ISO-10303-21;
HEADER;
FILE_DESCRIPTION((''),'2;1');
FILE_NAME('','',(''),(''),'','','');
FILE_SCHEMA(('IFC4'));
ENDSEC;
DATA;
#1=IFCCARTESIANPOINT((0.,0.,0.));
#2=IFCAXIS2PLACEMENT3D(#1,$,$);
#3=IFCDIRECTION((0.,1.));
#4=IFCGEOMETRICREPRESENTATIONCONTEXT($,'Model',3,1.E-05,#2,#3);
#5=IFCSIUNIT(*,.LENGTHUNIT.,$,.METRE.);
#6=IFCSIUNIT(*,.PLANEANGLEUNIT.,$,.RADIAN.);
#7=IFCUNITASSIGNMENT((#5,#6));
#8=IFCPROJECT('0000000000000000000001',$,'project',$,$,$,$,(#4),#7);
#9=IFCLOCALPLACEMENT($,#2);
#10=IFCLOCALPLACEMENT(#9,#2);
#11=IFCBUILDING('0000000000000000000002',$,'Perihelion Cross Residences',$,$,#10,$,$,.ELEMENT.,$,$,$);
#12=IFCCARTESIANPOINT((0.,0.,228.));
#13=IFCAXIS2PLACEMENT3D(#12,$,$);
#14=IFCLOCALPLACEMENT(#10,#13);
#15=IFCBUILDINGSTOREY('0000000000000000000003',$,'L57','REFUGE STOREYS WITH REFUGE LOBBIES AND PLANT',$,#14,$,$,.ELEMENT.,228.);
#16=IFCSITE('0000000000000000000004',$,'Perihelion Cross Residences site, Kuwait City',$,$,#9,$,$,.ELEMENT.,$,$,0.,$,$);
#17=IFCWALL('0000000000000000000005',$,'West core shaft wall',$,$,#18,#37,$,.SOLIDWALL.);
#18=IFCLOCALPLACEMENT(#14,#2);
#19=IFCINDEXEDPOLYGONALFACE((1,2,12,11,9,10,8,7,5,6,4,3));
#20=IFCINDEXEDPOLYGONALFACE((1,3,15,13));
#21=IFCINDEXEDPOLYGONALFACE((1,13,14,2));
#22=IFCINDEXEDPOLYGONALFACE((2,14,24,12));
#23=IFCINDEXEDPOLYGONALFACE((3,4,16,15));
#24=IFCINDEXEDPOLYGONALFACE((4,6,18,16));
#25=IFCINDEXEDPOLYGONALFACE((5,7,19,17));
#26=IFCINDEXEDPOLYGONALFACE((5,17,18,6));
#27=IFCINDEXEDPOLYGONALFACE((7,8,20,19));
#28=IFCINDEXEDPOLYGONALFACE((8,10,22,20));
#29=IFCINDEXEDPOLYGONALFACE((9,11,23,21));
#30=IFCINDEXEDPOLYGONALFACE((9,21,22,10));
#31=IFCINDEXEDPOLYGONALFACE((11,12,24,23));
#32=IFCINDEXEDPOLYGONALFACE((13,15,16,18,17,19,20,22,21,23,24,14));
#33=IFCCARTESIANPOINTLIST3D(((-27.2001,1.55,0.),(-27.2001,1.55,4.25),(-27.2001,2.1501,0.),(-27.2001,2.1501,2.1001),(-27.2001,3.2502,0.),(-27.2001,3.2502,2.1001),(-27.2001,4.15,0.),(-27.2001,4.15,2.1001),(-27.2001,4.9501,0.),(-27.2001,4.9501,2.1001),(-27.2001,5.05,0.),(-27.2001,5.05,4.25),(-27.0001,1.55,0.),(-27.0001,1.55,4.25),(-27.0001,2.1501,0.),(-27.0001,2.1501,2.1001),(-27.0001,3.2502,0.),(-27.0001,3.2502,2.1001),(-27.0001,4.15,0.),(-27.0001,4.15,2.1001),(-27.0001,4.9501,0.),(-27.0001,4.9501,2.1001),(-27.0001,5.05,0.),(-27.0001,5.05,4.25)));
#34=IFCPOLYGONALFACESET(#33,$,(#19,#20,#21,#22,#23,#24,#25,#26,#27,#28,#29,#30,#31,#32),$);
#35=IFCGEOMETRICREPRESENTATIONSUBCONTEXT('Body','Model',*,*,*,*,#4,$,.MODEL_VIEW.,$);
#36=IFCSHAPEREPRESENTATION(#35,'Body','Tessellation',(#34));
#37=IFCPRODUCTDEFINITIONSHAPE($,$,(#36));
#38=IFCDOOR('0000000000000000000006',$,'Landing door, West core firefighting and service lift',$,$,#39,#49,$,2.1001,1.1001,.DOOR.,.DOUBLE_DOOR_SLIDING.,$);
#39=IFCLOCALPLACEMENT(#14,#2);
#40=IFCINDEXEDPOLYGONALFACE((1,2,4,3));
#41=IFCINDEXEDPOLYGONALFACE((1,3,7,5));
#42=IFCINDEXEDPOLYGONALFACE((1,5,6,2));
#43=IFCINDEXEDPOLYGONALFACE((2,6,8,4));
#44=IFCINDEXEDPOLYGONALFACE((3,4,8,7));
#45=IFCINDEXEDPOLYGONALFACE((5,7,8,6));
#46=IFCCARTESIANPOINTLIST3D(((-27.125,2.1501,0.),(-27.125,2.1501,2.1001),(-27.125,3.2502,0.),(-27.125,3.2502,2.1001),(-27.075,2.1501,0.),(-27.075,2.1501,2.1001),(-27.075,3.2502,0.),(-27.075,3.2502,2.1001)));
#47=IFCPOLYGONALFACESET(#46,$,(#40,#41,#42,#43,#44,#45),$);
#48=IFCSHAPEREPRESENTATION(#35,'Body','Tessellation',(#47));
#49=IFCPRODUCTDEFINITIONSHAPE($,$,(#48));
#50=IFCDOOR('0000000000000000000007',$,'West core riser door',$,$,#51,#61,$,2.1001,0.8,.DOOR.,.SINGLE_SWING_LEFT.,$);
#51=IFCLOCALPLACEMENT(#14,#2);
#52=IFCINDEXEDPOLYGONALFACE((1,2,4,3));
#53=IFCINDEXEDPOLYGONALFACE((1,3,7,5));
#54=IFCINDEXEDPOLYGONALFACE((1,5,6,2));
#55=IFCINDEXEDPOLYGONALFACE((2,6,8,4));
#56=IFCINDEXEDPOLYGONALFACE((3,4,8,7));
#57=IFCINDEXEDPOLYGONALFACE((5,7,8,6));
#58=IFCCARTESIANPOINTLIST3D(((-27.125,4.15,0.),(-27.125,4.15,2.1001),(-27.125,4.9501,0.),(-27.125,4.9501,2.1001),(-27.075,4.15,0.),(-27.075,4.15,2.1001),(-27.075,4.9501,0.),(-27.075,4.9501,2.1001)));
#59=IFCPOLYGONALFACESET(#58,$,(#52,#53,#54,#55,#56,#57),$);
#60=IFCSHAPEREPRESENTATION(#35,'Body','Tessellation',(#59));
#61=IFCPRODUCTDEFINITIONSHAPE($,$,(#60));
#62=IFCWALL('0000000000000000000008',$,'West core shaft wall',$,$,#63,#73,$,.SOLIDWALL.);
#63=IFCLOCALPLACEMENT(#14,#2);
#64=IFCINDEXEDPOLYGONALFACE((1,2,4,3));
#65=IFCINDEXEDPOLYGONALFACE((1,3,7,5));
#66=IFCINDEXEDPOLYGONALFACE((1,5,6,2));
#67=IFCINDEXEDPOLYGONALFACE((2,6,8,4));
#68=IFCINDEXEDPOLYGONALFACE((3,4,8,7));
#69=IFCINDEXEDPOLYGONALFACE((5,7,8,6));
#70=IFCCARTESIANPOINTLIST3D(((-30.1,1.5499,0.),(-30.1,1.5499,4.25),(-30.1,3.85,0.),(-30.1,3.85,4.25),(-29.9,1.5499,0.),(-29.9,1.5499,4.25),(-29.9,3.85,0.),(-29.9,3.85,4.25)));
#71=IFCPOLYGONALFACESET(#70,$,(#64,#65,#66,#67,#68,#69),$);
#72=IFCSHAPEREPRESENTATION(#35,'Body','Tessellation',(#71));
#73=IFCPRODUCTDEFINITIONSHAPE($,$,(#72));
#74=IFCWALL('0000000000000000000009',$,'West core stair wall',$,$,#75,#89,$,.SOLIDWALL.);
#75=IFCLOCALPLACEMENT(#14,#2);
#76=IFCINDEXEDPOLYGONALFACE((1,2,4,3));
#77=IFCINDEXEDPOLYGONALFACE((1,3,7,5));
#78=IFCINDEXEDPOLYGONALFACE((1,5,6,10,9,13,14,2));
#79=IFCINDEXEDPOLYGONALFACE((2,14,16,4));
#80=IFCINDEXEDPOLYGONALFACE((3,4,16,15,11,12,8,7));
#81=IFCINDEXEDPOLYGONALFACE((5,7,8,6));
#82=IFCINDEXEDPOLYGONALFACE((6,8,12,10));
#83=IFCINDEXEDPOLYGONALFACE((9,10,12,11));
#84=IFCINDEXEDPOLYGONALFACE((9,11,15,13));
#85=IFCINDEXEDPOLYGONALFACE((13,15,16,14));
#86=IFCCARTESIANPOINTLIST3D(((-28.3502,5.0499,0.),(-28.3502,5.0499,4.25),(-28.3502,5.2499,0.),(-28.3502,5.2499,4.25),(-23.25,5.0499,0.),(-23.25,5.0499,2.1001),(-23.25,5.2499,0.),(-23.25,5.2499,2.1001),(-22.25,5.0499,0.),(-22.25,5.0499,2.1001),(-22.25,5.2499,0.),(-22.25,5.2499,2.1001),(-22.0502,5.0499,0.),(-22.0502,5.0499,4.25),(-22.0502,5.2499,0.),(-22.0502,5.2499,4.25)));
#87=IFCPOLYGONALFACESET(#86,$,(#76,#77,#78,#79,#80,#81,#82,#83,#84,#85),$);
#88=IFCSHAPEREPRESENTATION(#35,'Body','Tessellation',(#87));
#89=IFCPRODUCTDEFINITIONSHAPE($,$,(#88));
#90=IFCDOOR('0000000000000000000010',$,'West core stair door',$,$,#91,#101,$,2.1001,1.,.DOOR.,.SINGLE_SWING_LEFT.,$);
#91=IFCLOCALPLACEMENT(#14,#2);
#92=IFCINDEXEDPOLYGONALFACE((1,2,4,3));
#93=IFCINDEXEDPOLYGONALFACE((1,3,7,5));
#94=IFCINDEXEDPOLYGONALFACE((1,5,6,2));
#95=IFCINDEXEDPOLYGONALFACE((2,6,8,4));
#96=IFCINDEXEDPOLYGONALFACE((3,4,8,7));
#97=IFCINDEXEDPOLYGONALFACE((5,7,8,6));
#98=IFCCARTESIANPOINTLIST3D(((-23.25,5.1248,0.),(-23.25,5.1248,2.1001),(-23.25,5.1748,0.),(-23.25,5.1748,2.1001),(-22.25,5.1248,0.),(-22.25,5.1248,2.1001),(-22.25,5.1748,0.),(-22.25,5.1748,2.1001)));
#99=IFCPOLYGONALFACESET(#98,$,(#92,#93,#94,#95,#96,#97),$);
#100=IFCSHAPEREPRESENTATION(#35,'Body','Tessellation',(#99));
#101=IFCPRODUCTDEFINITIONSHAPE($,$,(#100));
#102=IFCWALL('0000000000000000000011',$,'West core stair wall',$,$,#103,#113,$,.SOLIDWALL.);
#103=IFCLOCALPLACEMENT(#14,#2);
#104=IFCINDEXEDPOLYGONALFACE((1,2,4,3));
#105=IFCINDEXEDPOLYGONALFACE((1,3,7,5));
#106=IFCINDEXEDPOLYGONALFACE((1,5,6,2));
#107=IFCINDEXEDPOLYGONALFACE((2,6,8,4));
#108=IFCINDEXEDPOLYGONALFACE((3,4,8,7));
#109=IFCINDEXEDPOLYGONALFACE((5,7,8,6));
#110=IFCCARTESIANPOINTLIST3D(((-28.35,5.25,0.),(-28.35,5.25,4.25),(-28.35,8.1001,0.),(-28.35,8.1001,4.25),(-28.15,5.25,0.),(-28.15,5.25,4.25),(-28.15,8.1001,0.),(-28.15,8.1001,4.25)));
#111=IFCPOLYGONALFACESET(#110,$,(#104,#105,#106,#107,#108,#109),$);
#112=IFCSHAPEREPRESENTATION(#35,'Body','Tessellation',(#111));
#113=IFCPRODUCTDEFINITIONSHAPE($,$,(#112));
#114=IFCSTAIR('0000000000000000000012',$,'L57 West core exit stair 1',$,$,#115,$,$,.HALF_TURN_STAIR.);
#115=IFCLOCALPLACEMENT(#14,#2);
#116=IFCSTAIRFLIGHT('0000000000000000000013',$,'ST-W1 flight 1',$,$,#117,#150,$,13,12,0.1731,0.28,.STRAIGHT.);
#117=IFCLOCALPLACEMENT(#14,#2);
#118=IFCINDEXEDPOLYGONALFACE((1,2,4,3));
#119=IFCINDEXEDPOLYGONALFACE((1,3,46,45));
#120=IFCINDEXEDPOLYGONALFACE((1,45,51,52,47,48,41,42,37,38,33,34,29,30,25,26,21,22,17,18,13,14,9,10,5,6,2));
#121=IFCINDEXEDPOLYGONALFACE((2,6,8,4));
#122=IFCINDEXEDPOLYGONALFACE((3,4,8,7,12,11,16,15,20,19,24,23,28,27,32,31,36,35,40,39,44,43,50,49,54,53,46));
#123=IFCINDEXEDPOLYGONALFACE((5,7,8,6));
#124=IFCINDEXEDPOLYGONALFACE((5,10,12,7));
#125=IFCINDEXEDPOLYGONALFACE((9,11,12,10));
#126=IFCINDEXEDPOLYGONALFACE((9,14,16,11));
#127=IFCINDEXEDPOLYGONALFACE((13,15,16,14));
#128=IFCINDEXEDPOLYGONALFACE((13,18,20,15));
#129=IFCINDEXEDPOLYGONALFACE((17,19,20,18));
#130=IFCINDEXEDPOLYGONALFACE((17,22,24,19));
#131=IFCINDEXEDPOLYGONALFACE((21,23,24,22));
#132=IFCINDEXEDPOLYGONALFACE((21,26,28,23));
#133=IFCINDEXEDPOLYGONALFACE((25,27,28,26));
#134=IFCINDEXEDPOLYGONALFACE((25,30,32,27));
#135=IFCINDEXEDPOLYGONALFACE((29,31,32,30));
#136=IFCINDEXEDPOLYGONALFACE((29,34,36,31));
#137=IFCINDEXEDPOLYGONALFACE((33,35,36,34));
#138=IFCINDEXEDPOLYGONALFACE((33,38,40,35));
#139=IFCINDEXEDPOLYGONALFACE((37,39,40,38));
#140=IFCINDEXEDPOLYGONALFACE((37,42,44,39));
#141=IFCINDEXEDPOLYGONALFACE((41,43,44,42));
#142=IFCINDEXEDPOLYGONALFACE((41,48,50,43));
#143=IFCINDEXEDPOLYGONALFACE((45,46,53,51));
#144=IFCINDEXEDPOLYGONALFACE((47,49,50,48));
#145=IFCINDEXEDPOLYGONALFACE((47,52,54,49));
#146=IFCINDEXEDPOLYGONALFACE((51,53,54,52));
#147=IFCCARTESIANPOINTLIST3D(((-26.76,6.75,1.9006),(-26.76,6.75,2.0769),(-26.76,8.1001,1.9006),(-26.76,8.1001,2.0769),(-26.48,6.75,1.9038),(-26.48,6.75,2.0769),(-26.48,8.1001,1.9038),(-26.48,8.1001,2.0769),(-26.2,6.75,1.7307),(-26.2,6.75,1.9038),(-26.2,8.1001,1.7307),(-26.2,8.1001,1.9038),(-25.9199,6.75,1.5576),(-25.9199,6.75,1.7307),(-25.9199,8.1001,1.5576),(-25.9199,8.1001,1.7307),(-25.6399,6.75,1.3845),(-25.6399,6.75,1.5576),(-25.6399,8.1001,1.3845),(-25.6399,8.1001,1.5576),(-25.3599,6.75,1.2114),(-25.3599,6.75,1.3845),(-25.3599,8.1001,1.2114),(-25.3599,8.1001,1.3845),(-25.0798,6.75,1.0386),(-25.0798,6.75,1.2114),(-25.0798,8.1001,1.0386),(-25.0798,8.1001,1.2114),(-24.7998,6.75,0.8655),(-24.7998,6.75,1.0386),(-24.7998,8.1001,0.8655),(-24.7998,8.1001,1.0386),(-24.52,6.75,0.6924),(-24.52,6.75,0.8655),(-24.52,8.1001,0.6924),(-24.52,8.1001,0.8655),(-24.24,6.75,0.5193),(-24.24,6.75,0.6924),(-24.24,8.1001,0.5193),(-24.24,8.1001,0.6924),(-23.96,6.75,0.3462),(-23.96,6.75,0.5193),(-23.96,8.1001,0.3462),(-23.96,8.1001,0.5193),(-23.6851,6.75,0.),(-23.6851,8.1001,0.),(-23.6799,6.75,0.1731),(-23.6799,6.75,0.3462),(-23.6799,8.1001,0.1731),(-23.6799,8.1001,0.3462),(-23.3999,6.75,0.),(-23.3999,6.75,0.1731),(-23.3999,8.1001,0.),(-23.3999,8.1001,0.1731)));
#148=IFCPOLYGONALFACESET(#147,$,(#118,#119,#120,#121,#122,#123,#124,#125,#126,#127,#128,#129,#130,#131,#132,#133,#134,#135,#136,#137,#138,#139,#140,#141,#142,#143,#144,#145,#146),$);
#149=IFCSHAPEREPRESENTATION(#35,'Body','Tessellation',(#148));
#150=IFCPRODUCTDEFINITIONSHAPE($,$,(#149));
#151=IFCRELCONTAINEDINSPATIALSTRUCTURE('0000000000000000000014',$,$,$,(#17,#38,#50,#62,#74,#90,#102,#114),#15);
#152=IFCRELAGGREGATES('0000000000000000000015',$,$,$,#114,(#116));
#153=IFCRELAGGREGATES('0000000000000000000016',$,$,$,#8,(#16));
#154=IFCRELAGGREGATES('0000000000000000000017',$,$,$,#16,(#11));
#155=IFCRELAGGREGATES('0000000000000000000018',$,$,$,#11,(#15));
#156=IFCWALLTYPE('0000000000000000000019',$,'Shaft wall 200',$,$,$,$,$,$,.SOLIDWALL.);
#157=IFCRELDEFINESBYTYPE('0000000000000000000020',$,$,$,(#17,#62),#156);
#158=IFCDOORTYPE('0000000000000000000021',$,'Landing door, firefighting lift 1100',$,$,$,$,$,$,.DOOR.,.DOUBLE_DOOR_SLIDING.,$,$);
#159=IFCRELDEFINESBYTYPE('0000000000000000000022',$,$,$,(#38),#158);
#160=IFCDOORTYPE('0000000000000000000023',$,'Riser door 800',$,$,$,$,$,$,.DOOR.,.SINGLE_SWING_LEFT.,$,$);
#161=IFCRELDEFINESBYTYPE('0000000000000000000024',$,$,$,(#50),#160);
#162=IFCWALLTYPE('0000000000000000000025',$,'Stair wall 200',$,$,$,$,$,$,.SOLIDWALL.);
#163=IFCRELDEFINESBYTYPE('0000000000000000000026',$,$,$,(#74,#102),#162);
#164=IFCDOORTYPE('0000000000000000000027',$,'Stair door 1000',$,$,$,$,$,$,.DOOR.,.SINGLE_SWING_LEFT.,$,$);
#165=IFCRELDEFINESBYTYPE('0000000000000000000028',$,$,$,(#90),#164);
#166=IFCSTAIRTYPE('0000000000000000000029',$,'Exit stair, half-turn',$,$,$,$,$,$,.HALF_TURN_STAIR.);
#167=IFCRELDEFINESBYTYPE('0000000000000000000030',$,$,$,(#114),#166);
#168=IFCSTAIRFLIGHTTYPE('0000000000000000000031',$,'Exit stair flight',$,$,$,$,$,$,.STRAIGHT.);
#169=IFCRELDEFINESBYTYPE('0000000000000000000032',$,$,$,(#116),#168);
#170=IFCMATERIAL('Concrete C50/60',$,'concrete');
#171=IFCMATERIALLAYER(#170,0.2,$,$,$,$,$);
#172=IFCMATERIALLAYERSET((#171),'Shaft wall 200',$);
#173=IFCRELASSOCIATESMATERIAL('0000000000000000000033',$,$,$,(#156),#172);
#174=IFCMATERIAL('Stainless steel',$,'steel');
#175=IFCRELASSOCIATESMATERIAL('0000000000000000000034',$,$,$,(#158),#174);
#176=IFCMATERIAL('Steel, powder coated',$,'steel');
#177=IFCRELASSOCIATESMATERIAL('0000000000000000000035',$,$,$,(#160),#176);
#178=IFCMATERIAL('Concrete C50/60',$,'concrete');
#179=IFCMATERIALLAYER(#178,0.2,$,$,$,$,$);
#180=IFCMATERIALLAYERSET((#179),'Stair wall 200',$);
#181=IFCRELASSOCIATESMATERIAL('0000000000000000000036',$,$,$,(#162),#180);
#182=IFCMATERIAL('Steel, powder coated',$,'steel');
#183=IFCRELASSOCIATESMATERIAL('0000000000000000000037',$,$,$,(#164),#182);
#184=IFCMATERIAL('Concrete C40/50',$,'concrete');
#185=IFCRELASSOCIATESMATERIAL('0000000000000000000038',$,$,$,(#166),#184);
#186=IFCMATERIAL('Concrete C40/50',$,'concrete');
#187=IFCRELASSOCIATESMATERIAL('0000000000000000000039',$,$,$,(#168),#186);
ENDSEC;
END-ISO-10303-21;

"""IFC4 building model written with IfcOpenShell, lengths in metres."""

from ifc_helpers import new_model, si_unit, direction, frame, frame_2d, origin, place, context, subcontext, project, spatial, polyline, rectangle, outline, extrude, material, layer, layer_set, type_object, element, fill, aggregate, save


model = new_model("IFC4")

# Units and contexts
model_context = context("Model", 3, precision=1e-05, world=origin(), true_north=direction((0.0, 1.0)))
body_context = subcontext(model_context, "Body", "Model", "MODEL_VIEW")
ifc_project = project(units=[si_unit("LENGTHUNIT", "METRE"), si_unit("PLANEANGLEUNIT", "RADIAN")], contexts=[model_context])

# Site, building, storey
site_placement = place(None, origin())
site = spatial("IfcSite", under=ifc_project, at=site_placement, Name="Perihelion Cross Residences site, Kuwait City", CompositionType="ELEMENT", RefElevation=0.0)
building_placement = place(site_placement, origin())
building = spatial("IfcBuilding", under=site, at=building_placement, Name="Perihelion Cross Residences", CompositionType="ELEMENT")
storey_placement = place(building_placement, frame((0.0, 0.0, 228.0)))
storey = spatial("IfcBuildingStorey", under=building, at=storey_placement, Name="L57", Description="REFUGE STOREYS WITH REFUGE LOBBIES AND PLANT", CompositionType="ELEMENT", Elevation=228.0)

# Shared definitions
ifc_material_1 = material(Name="Concrete C50/60", Category="concrete")
ifc_layer_1 = layer(ifc_material_1, 0.2)
ifc_layer_set_1 = layer_set([ifc_layer_1], Name="Shaft wall 200")
wall_type_1 = type_object("IfcWallType", Name="Shaft wall 200", PredefinedType="SOLIDWALL", material=ifc_layer_set_1)

# Wall, openings, doors
wall_1_placement = place(storey_placement, frame((-27.1001, 1.55, 0.0), z_axis=(0.0, 0.0, 1.0), x_axis=(0.0, 1.0, 0.0)))
wall_1 = element("IfcWall", 1, at=wall_1_placement, inside=storey, type_object=wall_type_1, Name="West core shaft wall", PredefinedType="SOLIDWALL", context=body_context, shape_type="SweptSolid", body=[
    extrude(rectangle(XDim=3.5, YDim=0.2, at=frame_2d((1.75, 0.0))), origin(), (0.0, 0.0, 1.0), 4.25),
])
opening_1_placement = place(wall_1_placement, frame((0.6001, 0.0, 0.0)))
opening_1 = element("IfcOpeningElement", 2, at=opening_1_placement, cuts=wall_1, PredefinedType="OPENING", context=body_context, shape_type="SweptSolid", body=[
    extrude(rectangle(XDim=1.1001, YDim=2.1001, at=frame_2d((0.55, 1.05))), frame((0.0, 0.1099, 0.0), z_axis=(0.0, -1.0, 0.0), x_axis=(1.0, 0.0, 0.0)), (0.0, 0.0, 1.0), 0.22),
])
opening_2_placement = place(wall_1_placement, frame((2.6001, 0.0, 0.0)))
opening_2 = element("IfcOpeningElement", 3, at=opening_2_placement, cuts=wall_1, PredefinedType="OPENING", context=body_context, shape_type="SweptSolid", body=[
    extrude(rectangle(XDim=0.8, YDim=2.1001, at=frame_2d((0.3999, 1.05))), frame((0.0, 0.1099, 0.0), z_axis=(0.0, -1.0, 0.0), x_axis=(1.0, 0.0, 0.0)), (0.0, 0.0, 1.0), 0.22),
])
ifc_material_2 = material(Name="Stainless steel", Category="steel")
door_type_1 = type_object("IfcDoorType", Name="Landing door, firefighting lift 1100", OperationType="DOUBLE_DOOR_SLIDING", PredefinedType="DOOR", material=ifc_material_2)
door_1_placement = place(opening_1_placement, origin())
door_1 = element("IfcDoor", 4, at=door_1_placement, inside=storey, type_object=door_type_1, Name="Landing door, West core firefighting and service lift", OperationType="DOUBLE_DOOR_SLIDING", OverallHeight=2.1001, OverallWidth=1.1001, PredefinedType="DOOR", context=body_context, shape_type="SweptSolid", body=[
    extrude(rectangle(XDim=1.1001, YDim=2.1001, at=frame_2d((0.55, 1.05))), frame((0.0, 0.0249, 0.0), z_axis=(0.0, -1.0, 0.0), x_axis=(1.0, 0.0, 0.0)), (0.0, 0.0, 1.0), 0.05),
])
fill(opening_1, door_1)
ifc_material_3 = material(Name="Steel, powder coated", Category="steel")
door_type_2 = type_object("IfcDoorType", Name="Riser door 800", OperationType="SINGLE_SWING_LEFT", PredefinedType="DOOR", material=ifc_material_3)
door_2_placement = place(opening_2_placement, origin())
door_2 = element("IfcDoor", 5, at=door_2_placement, inside=storey, type_object=door_type_2, Name="West core riser door", OperationType="SINGLE_SWING_LEFT", OverallHeight=2.1001, OverallWidth=0.8, PredefinedType="DOOR", context=body_context, shape_type="SweptSolid", body=[
    extrude(rectangle(XDim=0.8, YDim=2.1001, at=frame_2d((0.3999, 1.05))), frame((0.0, 0.0249, 0.0), z_axis=(0.0, -1.0, 0.0), x_axis=(1.0, 0.0, 0.0)), (0.0, 0.0, 1.0), 0.05),
])
fill(opening_2, door_2)

# Wall
wall_2_placement = place(storey_placement, frame((-30.0, 1.55, 0.0), z_axis=(0.0, 0.0, 1.0), x_axis=(0.0, 1.0, 0.0)))
element("IfcWall", 6, at=wall_2_placement, inside=storey, type_object=wall_type_1, Name="West core shaft wall", PredefinedType="SOLIDWALL", context=body_context, shape_type="SweptSolid", body=[
    extrude(rectangle(XDim=2.3, YDim=0.2, at=frame_2d((1.1499, 0.0))), origin(), (0.0, 0.0, 1.0), 4.25),
])

# Wall, opening, door
ifc_material_4 = material(Name="Concrete C50/60", Category="concrete")
ifc_layer_2 = layer(ifc_material_4, 0.2)
ifc_layer_set_2 = layer_set([ifc_layer_2], Name="Stair wall 200")
wall_type_2 = type_object("IfcWallType", Name="Stair wall 200", PredefinedType="SOLIDWALL", material=ifc_layer_set_2)
wall_3_placement = place(storey_placement, frame((-28.3501, 5.1499, 0.0), z_axis=(0.0, 0.0, 1.0), x_axis=(1.0, 0.0, 0.0)))
wall_3 = element("IfcWall", 7, at=wall_3_placement, inside=storey, type_object=wall_type_2, Name="West core stair wall", PredefinedType="SOLIDWALL", context=body_context, shape_type="SweptSolid", body=[
    extrude(rectangle(XDim=6.3, YDim=0.2, at=frame_2d((3.1499, 0.0))), origin(), (0.0, 0.0, 1.0), 4.25),
])
opening_3_placement = place(wall_3_placement, frame((5.1001, 0.0, 0.0)))
opening_3 = element("IfcOpeningElement", 8, at=opening_3_placement, cuts=wall_3, PredefinedType="OPENING", context=body_context, shape_type="SweptSolid", body=[
    extrude(rectangle(XDim=1.0, YDim=2.1001, at=frame_2d((0.5, 1.05))), frame((0.0, 0.1099, 0.0), z_axis=(0.0, -1.0, 0.0), x_axis=(1.0, 0.0, 0.0)), (0.0, 0.0, 1.0), 0.22),
])
ifc_material_5 = material(Name="Steel, powder coated", Category="steel")
door_type_3 = type_object("IfcDoorType", Name="Stair door 1000", OperationType="SINGLE_SWING_LEFT", PredefinedType="DOOR", material=ifc_material_5)
door_3_placement = place(opening_3_placement, origin())
door_3 = element("IfcDoor", 9, at=door_3_placement, inside=storey, type_object=door_type_3, Name="West core stair door", OperationType="SINGLE_SWING_LEFT", OverallHeight=2.1001, OverallWidth=1.0, PredefinedType="DOOR", context=body_context, shape_type="SweptSolid", body=[
    extrude(rectangle(XDim=1.0, YDim=2.1001, at=frame_2d((0.5, 1.05))), frame((0.0, 0.0249, 0.0), z_axis=(0.0, -1.0, 0.0), x_axis=(1.0, 0.0, 0.0)), (0.0, 0.0, 1.0), 0.05),
])
fill(opening_3, door_3)

# Wall
wall_4_placement = place(storey_placement, frame((-28.25, 5.25, 0.0), z_axis=(0.0, 0.0, 1.0), x_axis=(0.0, 1.0, 0.0)))
element("IfcWall", 10, at=wall_4_placement, inside=storey, type_object=wall_type_2, Name="West core stair wall", PredefinedType="SOLIDWALL", context=body_context, shape_type="SweptSolid", body=[
    extrude(rectangle(XDim=2.8501, YDim=0.2, at=frame_2d((1.425, 0.0))), origin(), (0.0, 0.0, 1.0), 4.25),
])

# Stair, stair flight
ifc_material_6 = material(Name="Concrete C40/50", Category="concrete")
stair_type = type_object("IfcStairType", Name="Exit stair, half-turn", PredefinedType="HALF_TURN_STAIR", material=ifc_material_6)
stair_placement = place(storey_placement, origin())
stair = element("IfcStair", 11, at=stair_placement, inside=storey, type_object=stair_type, Name="L57 West core exit stair 1", PredefinedType="HALF_TURN_STAIR")
ifc_material_7 = material(Name="Concrete C40/50", Category="concrete")
stair_flight_type = type_object("IfcStairFlightType", Name="Exit stair flight", PredefinedType="STRAIGHT", material=ifc_material_7)
stair_flight_1_placement = place(storey_placement, frame((-23.3999, 7.425, 0.0), z_axis=(0.0, 0.0, 1.0), x_axis=(-1.0, 0.0, 0.0)))
stair_flight_1 = element("IfcStairFlight", 12, at=stair_flight_1_placement, type_object=stair_flight_type, Name="ST-W1 flight 1", NumberOfRisers=13, NumberOfTreads=12, PredefinedType="STRAIGHT", RiserHeight=0.1731, TreadLength=0.28, context=body_context, shape_type="SweptSolid", body=[
    extrude(outline(polyline([(0.0, 0.0), (0.0, 0.1731), (0.28, 0.1731), (0.28, 0.3462), (0.5601, 0.3462), (0.5601, 0.5193), (0.8401, 0.5193), (0.8401, 0.6924), (1.1201, 0.6924), (1.1201, 0.8655), (1.3999, 0.8655), (1.3999, 1.0386), (1.6799, 1.0386), (1.6799, 1.2114), (1.96, 1.2114), (1.96, 1.3845), (2.24, 1.3845), (2.24, 1.5576), (2.52, 1.5576), (2.52, 1.7307), (2.8, 1.7307), (2.8, 1.9038), (3.0801, 1.9038), (3.0801, 2.0769), (3.3601, 2.0769), (3.3601, 2.25), (3.3601, 1.9006), (0.2852, 0.0), (0.0, 0.0)])), frame((0.0, 0.675, 0.0), z_axis=(0.0, -1.0, 0.0), x_axis=(1.0, 0.0, 0.0)), (0.0, 0.0, 1.0), 1.3501),
])
aggregate(stair, [stair_flight_1])

save(model, "model.ifc")
